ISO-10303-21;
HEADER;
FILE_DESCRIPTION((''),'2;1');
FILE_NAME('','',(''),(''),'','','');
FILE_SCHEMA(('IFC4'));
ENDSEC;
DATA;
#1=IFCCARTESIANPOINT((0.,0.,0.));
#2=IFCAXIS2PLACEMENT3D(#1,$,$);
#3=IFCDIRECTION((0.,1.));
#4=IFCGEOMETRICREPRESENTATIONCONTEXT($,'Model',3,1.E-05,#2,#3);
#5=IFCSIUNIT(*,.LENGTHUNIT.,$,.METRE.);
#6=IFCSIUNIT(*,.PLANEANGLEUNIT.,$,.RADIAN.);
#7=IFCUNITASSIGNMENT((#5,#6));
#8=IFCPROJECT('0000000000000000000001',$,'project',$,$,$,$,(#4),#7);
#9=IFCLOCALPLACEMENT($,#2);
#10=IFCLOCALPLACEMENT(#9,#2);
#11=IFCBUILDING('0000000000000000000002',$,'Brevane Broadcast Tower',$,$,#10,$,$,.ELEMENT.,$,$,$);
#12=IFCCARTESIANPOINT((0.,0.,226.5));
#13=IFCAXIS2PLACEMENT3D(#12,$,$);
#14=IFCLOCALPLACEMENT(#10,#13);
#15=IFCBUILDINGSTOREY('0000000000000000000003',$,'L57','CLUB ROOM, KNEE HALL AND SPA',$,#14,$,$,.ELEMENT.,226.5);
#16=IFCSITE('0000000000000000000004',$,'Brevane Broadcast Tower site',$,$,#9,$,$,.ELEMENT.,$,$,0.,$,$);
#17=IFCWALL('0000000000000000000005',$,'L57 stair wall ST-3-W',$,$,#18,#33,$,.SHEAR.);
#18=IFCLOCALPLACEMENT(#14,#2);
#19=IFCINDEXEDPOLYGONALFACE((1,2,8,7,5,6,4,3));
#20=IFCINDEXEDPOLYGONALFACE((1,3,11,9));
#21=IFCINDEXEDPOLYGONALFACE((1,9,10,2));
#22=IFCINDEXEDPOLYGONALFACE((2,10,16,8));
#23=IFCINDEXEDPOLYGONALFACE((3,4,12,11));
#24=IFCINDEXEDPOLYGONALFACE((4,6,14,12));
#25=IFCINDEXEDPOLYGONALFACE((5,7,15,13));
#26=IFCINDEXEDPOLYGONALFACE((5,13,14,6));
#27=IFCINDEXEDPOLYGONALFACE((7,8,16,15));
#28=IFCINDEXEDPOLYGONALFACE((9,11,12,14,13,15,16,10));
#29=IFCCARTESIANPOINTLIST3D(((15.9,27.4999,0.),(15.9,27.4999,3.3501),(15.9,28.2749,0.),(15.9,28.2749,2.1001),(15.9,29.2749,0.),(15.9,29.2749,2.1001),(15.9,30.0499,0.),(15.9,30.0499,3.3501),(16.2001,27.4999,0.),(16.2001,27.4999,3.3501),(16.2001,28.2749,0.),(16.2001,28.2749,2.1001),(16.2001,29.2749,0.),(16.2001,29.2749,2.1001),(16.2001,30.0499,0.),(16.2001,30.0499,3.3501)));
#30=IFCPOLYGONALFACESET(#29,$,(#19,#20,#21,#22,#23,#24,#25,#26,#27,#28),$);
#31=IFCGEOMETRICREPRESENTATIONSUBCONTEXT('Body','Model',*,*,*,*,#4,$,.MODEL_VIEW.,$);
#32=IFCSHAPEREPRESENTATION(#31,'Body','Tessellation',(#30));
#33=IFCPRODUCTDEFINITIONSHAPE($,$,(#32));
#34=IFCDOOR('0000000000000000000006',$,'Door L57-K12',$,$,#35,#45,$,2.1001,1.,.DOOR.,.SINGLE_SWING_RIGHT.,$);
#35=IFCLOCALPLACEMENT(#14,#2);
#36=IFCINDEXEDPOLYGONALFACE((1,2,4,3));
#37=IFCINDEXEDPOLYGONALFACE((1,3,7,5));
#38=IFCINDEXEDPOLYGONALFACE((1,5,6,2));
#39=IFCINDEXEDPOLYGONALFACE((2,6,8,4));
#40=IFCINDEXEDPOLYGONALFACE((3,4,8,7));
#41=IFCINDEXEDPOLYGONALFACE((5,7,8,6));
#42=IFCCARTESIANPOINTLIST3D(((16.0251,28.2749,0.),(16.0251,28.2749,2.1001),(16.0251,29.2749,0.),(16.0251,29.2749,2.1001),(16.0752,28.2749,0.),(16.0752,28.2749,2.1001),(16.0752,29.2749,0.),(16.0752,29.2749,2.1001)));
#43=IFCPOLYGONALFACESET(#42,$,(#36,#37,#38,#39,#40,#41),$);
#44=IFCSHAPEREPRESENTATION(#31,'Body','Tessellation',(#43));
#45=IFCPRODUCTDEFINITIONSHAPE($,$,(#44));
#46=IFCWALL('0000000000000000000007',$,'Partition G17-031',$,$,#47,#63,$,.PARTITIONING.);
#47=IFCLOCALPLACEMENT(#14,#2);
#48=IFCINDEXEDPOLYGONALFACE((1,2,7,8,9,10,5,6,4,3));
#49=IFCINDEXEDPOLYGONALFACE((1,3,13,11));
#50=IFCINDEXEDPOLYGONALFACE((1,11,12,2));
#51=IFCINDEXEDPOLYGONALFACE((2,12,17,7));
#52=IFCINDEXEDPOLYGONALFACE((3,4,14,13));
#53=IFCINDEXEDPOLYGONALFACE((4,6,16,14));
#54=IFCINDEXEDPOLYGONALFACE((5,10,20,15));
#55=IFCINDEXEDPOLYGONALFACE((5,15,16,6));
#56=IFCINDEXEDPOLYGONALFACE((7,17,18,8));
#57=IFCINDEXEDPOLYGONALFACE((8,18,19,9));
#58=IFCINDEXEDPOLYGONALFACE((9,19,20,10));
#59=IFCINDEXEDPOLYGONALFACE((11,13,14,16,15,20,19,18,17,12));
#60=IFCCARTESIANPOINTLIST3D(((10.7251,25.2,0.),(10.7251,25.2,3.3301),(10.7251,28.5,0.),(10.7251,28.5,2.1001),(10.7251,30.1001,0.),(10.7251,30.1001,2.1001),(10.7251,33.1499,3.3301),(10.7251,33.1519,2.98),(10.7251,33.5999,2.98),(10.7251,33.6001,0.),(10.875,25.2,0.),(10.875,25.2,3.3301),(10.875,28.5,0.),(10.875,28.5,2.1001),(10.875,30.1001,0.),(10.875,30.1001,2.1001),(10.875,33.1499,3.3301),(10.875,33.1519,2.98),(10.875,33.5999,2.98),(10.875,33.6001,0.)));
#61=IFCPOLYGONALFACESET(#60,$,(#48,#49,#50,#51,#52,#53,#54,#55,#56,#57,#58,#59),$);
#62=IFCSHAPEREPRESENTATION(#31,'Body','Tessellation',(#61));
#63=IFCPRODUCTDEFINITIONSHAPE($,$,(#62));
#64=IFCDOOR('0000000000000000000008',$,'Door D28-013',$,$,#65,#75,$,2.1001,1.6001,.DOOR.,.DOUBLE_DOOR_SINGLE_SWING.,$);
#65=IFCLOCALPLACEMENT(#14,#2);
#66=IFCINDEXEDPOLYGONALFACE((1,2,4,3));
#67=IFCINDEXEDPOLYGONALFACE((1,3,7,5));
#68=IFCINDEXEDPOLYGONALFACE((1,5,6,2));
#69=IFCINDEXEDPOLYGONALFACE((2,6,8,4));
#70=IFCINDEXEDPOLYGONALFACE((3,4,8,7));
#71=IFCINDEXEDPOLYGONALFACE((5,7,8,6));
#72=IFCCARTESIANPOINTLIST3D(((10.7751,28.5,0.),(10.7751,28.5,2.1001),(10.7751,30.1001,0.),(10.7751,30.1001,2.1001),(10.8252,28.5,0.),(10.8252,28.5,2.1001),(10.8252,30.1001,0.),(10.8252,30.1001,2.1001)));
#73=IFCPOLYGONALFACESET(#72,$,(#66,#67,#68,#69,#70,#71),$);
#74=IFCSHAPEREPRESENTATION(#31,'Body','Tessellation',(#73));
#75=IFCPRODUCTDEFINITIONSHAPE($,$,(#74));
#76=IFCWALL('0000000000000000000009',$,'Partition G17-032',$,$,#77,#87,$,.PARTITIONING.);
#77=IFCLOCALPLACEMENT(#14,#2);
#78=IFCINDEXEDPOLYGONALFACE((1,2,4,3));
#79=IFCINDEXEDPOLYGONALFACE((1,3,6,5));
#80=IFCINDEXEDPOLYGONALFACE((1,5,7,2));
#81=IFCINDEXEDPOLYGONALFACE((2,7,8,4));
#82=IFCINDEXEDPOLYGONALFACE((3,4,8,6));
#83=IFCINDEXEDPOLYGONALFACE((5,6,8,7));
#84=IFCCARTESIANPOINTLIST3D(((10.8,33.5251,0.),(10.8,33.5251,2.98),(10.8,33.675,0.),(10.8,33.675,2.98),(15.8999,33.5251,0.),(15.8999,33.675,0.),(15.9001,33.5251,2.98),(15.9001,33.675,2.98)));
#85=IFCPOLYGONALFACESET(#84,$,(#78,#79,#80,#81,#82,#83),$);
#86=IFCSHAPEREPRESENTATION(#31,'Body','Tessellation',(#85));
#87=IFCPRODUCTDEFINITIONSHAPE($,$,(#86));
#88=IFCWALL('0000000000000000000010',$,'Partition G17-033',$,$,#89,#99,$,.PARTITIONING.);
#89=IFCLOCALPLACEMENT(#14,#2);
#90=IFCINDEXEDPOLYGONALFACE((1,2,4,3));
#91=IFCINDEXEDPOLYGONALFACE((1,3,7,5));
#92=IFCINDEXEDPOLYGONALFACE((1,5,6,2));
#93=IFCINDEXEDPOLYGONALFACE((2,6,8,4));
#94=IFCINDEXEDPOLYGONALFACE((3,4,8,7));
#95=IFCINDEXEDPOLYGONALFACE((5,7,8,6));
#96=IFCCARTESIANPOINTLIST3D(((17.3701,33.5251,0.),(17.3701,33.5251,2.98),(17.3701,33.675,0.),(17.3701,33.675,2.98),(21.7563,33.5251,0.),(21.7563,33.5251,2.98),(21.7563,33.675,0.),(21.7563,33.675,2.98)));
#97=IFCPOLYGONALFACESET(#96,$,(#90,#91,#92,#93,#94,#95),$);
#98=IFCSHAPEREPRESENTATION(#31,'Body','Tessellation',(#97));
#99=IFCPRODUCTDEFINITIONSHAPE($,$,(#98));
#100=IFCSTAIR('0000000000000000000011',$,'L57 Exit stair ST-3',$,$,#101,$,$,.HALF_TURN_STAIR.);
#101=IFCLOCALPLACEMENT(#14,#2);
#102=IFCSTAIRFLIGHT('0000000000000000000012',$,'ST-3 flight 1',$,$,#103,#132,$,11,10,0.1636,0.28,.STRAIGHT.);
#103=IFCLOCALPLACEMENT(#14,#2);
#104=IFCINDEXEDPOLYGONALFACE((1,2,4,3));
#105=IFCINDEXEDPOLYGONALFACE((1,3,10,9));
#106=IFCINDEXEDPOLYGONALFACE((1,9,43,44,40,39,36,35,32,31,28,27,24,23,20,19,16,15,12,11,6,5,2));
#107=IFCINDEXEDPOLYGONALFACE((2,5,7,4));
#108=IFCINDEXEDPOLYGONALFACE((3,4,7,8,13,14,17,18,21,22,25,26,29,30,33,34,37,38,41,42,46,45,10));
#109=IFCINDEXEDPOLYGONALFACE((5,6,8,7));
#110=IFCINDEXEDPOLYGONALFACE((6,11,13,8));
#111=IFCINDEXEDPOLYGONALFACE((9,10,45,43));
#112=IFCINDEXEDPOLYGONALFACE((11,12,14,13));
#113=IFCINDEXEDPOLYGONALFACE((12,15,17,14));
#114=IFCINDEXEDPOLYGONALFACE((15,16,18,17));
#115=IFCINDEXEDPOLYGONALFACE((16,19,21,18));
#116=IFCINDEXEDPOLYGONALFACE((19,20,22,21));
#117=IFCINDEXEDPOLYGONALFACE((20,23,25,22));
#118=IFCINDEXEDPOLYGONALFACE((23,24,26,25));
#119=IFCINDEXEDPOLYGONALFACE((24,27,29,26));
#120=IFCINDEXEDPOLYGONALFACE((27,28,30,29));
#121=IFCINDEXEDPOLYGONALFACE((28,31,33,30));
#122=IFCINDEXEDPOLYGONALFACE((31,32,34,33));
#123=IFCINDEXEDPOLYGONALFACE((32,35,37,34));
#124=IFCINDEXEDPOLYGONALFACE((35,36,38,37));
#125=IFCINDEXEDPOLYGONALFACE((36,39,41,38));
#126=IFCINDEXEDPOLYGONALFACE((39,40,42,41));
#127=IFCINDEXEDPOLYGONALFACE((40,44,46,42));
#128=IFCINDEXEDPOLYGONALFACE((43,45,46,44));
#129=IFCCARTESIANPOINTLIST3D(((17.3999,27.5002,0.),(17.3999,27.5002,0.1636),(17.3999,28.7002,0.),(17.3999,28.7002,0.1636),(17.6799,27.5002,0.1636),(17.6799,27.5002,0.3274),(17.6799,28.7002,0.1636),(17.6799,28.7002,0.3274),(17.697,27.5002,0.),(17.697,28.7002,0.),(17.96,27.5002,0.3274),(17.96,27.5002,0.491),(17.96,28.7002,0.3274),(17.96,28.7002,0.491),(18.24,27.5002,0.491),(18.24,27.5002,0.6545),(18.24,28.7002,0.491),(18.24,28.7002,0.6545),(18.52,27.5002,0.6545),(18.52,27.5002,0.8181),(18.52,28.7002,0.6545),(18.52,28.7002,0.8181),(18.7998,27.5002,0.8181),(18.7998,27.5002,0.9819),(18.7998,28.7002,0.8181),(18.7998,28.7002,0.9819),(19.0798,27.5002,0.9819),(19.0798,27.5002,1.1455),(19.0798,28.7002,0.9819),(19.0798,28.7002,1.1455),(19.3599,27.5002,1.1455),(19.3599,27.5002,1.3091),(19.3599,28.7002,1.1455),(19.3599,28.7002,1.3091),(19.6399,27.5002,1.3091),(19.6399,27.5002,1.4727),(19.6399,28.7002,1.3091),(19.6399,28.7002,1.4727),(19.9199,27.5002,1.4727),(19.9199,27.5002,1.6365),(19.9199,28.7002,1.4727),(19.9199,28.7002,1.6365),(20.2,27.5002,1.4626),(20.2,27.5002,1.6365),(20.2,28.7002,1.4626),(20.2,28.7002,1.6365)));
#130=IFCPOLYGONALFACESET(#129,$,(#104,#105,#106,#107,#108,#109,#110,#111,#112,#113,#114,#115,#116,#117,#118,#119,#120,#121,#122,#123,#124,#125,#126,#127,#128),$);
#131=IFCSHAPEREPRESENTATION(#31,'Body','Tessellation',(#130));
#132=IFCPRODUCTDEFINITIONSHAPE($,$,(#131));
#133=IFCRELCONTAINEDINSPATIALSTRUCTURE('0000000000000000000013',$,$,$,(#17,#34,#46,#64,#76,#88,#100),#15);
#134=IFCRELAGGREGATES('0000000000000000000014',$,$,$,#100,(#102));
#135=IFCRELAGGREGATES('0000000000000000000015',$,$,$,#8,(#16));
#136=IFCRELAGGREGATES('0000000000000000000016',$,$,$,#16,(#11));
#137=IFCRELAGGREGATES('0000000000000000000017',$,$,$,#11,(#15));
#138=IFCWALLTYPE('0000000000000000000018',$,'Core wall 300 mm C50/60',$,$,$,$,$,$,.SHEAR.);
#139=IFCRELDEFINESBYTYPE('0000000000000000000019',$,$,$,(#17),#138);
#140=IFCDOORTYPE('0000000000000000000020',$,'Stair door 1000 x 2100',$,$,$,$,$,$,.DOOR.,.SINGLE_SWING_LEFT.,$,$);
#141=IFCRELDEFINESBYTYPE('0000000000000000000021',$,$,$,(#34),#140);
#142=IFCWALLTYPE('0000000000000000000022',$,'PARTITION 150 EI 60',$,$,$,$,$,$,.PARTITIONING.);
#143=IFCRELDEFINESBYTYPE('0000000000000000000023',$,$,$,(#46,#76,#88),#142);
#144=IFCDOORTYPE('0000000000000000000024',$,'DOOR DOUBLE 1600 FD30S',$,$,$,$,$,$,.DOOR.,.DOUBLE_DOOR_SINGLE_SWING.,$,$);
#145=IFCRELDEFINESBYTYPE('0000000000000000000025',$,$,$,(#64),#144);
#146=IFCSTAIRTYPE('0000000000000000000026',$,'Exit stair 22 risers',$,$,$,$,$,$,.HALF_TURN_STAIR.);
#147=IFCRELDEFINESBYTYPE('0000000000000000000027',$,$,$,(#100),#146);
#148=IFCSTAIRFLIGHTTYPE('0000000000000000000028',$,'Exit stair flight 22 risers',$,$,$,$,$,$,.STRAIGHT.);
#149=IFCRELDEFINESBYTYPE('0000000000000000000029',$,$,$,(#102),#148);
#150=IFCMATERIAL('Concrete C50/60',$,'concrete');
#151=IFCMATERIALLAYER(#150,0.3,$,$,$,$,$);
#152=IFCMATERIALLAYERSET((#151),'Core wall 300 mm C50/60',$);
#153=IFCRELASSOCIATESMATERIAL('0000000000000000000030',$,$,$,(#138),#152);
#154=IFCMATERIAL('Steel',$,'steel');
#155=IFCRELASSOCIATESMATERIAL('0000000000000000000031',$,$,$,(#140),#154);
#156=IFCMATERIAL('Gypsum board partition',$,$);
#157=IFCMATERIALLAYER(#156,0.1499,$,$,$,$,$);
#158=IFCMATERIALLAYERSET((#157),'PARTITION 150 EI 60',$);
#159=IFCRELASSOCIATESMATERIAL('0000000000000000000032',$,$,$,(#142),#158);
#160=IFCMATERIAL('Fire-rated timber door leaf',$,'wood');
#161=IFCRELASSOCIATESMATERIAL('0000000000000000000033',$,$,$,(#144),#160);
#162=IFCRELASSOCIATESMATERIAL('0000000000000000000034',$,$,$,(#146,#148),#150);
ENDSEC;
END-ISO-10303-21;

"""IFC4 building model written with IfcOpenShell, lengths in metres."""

from ifc_helpers import new_model, si_unit, direction, frame, frame_2d, origin, place, context, subcontext, project, spatial, polyline, rectangle, outline, extrude, material, layer, layer_set, type_object, element, fill, aggregate, save


model = new_model("IFC4")

# Units and contexts
model_context = context("Model", 3, precision=1e-05, world=origin(), true_north=direction((0.0, 1.0)))
body_context = subcontext(model_context, "Body", "Model", "MODEL_VIEW")
ifc_project = project(units=[si_unit("LENGTHUNIT", "METRE"), si_unit("PLANEANGLEUNIT", "RADIAN")], contexts=[model_context])

# Site, building, storey
site_placement = place(None, origin())
site = spatial("IfcSite", under=ifc_project, at=site_placement, Name="Brevane Broadcast Tower site", CompositionType="ELEMENT", RefElevation=0.0)
building_placement = place(site_placement, origin())
building = spatial("IfcBuilding", under=site, at=building_placement, Name="Brevane Broadcast Tower", CompositionType="ELEMENT")
storey_placement = place(building_placement, frame((0.0, 0.0, 226.5)))
storey = spatial("IfcBuildingStorey", under=building, at=storey_placement, Name="L57", Description="CLUB ROOM, KNEE HALL AND SPA", CompositionType="ELEMENT", Elevation=226.5)

# Shared definitions
ifc_material_1 = material(Name="Concrete C50/60", Category="concrete")

# Shared definitions
ifc_layer_1 = layer(ifc_material_1, 0.3)
ifc_layer_set_1 = layer_set([ifc_layer_1], Name="Core wall 300 mm C50/60")
wall_type_1 = type_object("IfcWallType", Name="Core wall 300 mm C50/60", PredefinedType="SHEAR", material=ifc_layer_set_1)

# Walls, openings, doors
wall_1_placement = place(storey_placement, frame((16.05, 27.5, 0.0), z_axis=(0.0, 0.0, 1.0), x_axis=(0.0, 1.0, 0.0)))
wall_1 = element("IfcWall", 1, at=wall_1_placement, inside=storey, type_object=wall_type_1, Name="L57 stair wall ST-3-W", PredefinedType="SHEAR", context=body_context, shape_type="SweptSolid", body=[
    extrude(rectangle(XDim=2.55, YDim=0.3, at=frame_2d((1.2749, 0.0))), origin(), (0.0, 0.0, 1.0), 3.3501),
])
opening_1_placement = place(wall_1_placement, frame((0.7749, 0.0, 0.0)))
opening_1 = element("IfcOpeningElement", 2, at=opening_1_placement, cuts=wall_1, PredefinedType="OPENING", context=body_context, shape_type="SweptSolid", body=[
    extrude(rectangle(XDim=1.0, YDim=2.1001, at=frame_2d((0.5, 1.05))), frame((0.0, 0.1599, 0.0), z_axis=(0.0, -1.0, 0.0), x_axis=(1.0, 0.0, 0.0)), (0.0, 0.0, 1.0), 0.3201),
])
ifc_material_2 = material(Name="Steel", Category="steel")
door_type_1 = type_object("IfcDoorType", Name="Stair door 1000 x 2100", OperationType="SINGLE_SWING_LEFT", PredefinedType="DOOR", material=ifc_material_2)
door_1_placement = place(opening_1_placement, origin())
door_1 = element("IfcDoor", 3, at=door_1_placement, inside=storey, type_object=door_type_1, Name="Door L57-K12", OperationType="SINGLE_SWING_RIGHT", OverallHeight=2.1001, OverallWidth=1.0, PredefinedType="DOOR", context=body_context, shape_type="SweptSolid", body=[
    extrude(rectangle(XDim=1.0, YDim=2.1001, at=frame_2d((0.5, 1.05))), frame((0.0, 0.0249, 0.0), z_axis=(0.0, -1.0, 0.0), x_axis=(1.0, 0.0, 0.0)), (0.0, 0.0, 1.0), 0.05),
])
fill(opening_1, door_1)
ifc_material_3 = material(Name="Gypsum board partition")
ifc_layer_2 = layer(ifc_material_3, 0.1499)
ifc_layer_set_2 = layer_set([ifc_layer_2], Name="PARTITION 150 EI 60")
wall_type_2 = type_object("IfcWallType", Name="PARTITION 150 EI 60", PredefinedType="PARTITIONING", material=ifc_layer_set_2)
wall_2_placement = place(storey_placement, frame((10.8, 25.2, 0.0), z_axis=(0.0, 0.0, 1.0), x_axis=(0.0, 1.0, 0.0)))
wall_2 = element("IfcWall", 4, at=wall_2_placement, inside=storey, type_object=wall_type_2, Name="Partition G17-031", PredefinedType="PARTITIONING", context=body_context, shape_type="SweptSolid", body=[
    extrude(outline(polyline([(0.0, 0.0), (8.4001, 0.0), (8.3999, 2.98), (7.9519, 2.98), (7.95, 3.3301), (0.0, 3.3301), (0.0, 0.0)])), frame((0.0, 0.075, 0.0), z_axis=(0.0, -1.0, 0.0), x_axis=(1.0, 0.0, 0.0)), (0.0, 0.0, 1.0), 0.1499),
])
opening_2_placement = place(wall_2_placement, frame((3.3, 0.0, 0.0)))
opening_2 = element("IfcOpeningElement", 5, at=opening_2_placement, cuts=wall_2, PredefinedType="OPENING", context=body_context, shape_type="SweptSolid", body=[
    extrude(rectangle(XDim=1.6001, YDim=2.1001, at=frame_2d((0.8, 1.05))), frame((0.0, 0.085, 0.0), z_axis=(0.0, -1.0, 0.0), x_axis=(1.0, 0.0, 0.0)), (0.0, 0.0, 1.0), 0.1699),
])
ifc_material_4 = material(Name="Fire-rated timber door leaf", Category="wood")
door_type_2 = type_object("IfcDoorType", Name="DOOR DOUBLE 1600 FD30S", OperationType="DOUBLE_DOOR_SINGLE_SWING", PredefinedType="DOOR", material=ifc_material_4)
door_2_placement = place(opening_2_placement, origin())
door_2 = element("IfcDoor", 6, at=door_2_placement, inside=storey, type_object=door_type_2, Name="Door D28-013", OperationType="DOUBLE_DOOR_SINGLE_SWING", OverallHeight=2.1001, OverallWidth=1.6001, PredefinedType="DOOR", context=body_context, shape_type="SweptSolid", body=[
    extrude(rectangle(XDim=1.6001, YDim=2.1001, at=frame_2d((0.8, 1.05))), frame((0.0, 0.0249, 0.0), z_axis=(0.0, -1.0, 0.0), x_axis=(1.0, 0.0, 0.0)), (0.0, 0.0, 1.0), 0.05),
])
fill(opening_2, door_2)

# Walls
wall_3_placement = place(storey_placement, frame((10.8, 33.6001, 0.0), z_axis=(0.0, 0.0, 1.0), x_axis=(1.0, 0.0, 0.0)))
element("IfcWall", 7, at=wall_3_placement, inside=storey, type_object=wall_type_2, Name="Partition G17-032", PredefinedType="PARTITIONING", context=body_context, shape_type="SweptSolid", body=[
    extrude(outline(polyline([(0.0, 0.0), (5.0999, 0.0), (5.1001, 2.98), (0.0, 2.98), (0.0, 0.0)])), frame((0.0, 0.075, 0.0), z_axis=(0.0, -1.0, 0.0), x_axis=(1.0, 0.0, 0.0)), (0.0, 0.0, 1.0), 0.1499),
])
wall_4_placement = place(storey_placement, frame((17.3701, 33.6001, 0.0), z_axis=(0.0, 0.0, 1.0), x_axis=(1.0, 0.0, 0.0)))
element("IfcWall", 8, at=wall_4_placement, inside=storey, type_object=wall_type_2, Name="Partition G17-033", PredefinedType="PARTITIONING", context=body_context, shape_type="SweptSolid", body=[
    extrude(rectangle(XDim=4.3862, YDim=0.1499, at=frame_2d((2.1931, 0.0))), origin(), (0.0, 0.0, 1.0), 2.98),
])

# Stair, stair flight
stair_type = type_object("IfcStairType", Name="Exit stair 22 risers", PredefinedType="HALF_TURN_STAIR", material=ifc_material_1)
stair_placement = place(storey_placement, origin())
stair = element("IfcStair", 9, at=stair_placement, inside=storey, type_object=stair_type, Name="L57 Exit stair ST-3", PredefinedType="HALF_TURN_STAIR")
stair_flight_type = type_object("IfcStairFlightType", Name="Exit stair flight 22 risers", PredefinedType="STRAIGHT", material=ifc_material_1)
stair_flight_placement = place(storey_placement, frame((17.3999, 28.1001, 0.0), z_axis=(0.0, 0.0, 1.0), x_axis=(1.0, 0.0, 0.0)))
stair_flight = element("IfcStairFlight", 10, at=stair_flight_placement, type_object=stair_flight_type, Name="ST-3 flight 1", NumberOfRisers=11, NumberOfTreads=10, PredefinedType="STRAIGHT", RiserHeight=0.1636, TreadLength=0.28, context=body_context, shape_type="SweptSolid", body=[
    extrude(outline(polyline([(0.0, 0.0), (0.0, 0.1636), (0.28, 0.1636), (0.28, 0.3274), (0.5601, 0.3274), (0.5601, 0.491), (0.8401, 0.491), (0.8401, 0.6545), (1.1201, 0.6545), (1.1201, 0.8181), (1.3999, 0.8181), (1.3999, 0.9819), (1.6799, 0.9819), (1.6799, 1.1455), (1.96, 1.1455), (1.96, 1.3091), (2.24, 1.3091), (2.24, 1.4727), (2.52, 1.4727), (2.52, 1.6365), (2.8, 1.6365), (2.8, 1.8), (2.8, 1.4626), (0.2971, 0.0), (0.0, 0.0)])), frame((0.0, 0.6001, 0.0), z_axis=(0.0, -1.0, 0.0), x_axis=(1.0, 0.0, 0.0)), (0.0, 0.0, 1.0), 1.2),
])
aggregate(stair, [stair_flight])

save(model, "model.ifc")
